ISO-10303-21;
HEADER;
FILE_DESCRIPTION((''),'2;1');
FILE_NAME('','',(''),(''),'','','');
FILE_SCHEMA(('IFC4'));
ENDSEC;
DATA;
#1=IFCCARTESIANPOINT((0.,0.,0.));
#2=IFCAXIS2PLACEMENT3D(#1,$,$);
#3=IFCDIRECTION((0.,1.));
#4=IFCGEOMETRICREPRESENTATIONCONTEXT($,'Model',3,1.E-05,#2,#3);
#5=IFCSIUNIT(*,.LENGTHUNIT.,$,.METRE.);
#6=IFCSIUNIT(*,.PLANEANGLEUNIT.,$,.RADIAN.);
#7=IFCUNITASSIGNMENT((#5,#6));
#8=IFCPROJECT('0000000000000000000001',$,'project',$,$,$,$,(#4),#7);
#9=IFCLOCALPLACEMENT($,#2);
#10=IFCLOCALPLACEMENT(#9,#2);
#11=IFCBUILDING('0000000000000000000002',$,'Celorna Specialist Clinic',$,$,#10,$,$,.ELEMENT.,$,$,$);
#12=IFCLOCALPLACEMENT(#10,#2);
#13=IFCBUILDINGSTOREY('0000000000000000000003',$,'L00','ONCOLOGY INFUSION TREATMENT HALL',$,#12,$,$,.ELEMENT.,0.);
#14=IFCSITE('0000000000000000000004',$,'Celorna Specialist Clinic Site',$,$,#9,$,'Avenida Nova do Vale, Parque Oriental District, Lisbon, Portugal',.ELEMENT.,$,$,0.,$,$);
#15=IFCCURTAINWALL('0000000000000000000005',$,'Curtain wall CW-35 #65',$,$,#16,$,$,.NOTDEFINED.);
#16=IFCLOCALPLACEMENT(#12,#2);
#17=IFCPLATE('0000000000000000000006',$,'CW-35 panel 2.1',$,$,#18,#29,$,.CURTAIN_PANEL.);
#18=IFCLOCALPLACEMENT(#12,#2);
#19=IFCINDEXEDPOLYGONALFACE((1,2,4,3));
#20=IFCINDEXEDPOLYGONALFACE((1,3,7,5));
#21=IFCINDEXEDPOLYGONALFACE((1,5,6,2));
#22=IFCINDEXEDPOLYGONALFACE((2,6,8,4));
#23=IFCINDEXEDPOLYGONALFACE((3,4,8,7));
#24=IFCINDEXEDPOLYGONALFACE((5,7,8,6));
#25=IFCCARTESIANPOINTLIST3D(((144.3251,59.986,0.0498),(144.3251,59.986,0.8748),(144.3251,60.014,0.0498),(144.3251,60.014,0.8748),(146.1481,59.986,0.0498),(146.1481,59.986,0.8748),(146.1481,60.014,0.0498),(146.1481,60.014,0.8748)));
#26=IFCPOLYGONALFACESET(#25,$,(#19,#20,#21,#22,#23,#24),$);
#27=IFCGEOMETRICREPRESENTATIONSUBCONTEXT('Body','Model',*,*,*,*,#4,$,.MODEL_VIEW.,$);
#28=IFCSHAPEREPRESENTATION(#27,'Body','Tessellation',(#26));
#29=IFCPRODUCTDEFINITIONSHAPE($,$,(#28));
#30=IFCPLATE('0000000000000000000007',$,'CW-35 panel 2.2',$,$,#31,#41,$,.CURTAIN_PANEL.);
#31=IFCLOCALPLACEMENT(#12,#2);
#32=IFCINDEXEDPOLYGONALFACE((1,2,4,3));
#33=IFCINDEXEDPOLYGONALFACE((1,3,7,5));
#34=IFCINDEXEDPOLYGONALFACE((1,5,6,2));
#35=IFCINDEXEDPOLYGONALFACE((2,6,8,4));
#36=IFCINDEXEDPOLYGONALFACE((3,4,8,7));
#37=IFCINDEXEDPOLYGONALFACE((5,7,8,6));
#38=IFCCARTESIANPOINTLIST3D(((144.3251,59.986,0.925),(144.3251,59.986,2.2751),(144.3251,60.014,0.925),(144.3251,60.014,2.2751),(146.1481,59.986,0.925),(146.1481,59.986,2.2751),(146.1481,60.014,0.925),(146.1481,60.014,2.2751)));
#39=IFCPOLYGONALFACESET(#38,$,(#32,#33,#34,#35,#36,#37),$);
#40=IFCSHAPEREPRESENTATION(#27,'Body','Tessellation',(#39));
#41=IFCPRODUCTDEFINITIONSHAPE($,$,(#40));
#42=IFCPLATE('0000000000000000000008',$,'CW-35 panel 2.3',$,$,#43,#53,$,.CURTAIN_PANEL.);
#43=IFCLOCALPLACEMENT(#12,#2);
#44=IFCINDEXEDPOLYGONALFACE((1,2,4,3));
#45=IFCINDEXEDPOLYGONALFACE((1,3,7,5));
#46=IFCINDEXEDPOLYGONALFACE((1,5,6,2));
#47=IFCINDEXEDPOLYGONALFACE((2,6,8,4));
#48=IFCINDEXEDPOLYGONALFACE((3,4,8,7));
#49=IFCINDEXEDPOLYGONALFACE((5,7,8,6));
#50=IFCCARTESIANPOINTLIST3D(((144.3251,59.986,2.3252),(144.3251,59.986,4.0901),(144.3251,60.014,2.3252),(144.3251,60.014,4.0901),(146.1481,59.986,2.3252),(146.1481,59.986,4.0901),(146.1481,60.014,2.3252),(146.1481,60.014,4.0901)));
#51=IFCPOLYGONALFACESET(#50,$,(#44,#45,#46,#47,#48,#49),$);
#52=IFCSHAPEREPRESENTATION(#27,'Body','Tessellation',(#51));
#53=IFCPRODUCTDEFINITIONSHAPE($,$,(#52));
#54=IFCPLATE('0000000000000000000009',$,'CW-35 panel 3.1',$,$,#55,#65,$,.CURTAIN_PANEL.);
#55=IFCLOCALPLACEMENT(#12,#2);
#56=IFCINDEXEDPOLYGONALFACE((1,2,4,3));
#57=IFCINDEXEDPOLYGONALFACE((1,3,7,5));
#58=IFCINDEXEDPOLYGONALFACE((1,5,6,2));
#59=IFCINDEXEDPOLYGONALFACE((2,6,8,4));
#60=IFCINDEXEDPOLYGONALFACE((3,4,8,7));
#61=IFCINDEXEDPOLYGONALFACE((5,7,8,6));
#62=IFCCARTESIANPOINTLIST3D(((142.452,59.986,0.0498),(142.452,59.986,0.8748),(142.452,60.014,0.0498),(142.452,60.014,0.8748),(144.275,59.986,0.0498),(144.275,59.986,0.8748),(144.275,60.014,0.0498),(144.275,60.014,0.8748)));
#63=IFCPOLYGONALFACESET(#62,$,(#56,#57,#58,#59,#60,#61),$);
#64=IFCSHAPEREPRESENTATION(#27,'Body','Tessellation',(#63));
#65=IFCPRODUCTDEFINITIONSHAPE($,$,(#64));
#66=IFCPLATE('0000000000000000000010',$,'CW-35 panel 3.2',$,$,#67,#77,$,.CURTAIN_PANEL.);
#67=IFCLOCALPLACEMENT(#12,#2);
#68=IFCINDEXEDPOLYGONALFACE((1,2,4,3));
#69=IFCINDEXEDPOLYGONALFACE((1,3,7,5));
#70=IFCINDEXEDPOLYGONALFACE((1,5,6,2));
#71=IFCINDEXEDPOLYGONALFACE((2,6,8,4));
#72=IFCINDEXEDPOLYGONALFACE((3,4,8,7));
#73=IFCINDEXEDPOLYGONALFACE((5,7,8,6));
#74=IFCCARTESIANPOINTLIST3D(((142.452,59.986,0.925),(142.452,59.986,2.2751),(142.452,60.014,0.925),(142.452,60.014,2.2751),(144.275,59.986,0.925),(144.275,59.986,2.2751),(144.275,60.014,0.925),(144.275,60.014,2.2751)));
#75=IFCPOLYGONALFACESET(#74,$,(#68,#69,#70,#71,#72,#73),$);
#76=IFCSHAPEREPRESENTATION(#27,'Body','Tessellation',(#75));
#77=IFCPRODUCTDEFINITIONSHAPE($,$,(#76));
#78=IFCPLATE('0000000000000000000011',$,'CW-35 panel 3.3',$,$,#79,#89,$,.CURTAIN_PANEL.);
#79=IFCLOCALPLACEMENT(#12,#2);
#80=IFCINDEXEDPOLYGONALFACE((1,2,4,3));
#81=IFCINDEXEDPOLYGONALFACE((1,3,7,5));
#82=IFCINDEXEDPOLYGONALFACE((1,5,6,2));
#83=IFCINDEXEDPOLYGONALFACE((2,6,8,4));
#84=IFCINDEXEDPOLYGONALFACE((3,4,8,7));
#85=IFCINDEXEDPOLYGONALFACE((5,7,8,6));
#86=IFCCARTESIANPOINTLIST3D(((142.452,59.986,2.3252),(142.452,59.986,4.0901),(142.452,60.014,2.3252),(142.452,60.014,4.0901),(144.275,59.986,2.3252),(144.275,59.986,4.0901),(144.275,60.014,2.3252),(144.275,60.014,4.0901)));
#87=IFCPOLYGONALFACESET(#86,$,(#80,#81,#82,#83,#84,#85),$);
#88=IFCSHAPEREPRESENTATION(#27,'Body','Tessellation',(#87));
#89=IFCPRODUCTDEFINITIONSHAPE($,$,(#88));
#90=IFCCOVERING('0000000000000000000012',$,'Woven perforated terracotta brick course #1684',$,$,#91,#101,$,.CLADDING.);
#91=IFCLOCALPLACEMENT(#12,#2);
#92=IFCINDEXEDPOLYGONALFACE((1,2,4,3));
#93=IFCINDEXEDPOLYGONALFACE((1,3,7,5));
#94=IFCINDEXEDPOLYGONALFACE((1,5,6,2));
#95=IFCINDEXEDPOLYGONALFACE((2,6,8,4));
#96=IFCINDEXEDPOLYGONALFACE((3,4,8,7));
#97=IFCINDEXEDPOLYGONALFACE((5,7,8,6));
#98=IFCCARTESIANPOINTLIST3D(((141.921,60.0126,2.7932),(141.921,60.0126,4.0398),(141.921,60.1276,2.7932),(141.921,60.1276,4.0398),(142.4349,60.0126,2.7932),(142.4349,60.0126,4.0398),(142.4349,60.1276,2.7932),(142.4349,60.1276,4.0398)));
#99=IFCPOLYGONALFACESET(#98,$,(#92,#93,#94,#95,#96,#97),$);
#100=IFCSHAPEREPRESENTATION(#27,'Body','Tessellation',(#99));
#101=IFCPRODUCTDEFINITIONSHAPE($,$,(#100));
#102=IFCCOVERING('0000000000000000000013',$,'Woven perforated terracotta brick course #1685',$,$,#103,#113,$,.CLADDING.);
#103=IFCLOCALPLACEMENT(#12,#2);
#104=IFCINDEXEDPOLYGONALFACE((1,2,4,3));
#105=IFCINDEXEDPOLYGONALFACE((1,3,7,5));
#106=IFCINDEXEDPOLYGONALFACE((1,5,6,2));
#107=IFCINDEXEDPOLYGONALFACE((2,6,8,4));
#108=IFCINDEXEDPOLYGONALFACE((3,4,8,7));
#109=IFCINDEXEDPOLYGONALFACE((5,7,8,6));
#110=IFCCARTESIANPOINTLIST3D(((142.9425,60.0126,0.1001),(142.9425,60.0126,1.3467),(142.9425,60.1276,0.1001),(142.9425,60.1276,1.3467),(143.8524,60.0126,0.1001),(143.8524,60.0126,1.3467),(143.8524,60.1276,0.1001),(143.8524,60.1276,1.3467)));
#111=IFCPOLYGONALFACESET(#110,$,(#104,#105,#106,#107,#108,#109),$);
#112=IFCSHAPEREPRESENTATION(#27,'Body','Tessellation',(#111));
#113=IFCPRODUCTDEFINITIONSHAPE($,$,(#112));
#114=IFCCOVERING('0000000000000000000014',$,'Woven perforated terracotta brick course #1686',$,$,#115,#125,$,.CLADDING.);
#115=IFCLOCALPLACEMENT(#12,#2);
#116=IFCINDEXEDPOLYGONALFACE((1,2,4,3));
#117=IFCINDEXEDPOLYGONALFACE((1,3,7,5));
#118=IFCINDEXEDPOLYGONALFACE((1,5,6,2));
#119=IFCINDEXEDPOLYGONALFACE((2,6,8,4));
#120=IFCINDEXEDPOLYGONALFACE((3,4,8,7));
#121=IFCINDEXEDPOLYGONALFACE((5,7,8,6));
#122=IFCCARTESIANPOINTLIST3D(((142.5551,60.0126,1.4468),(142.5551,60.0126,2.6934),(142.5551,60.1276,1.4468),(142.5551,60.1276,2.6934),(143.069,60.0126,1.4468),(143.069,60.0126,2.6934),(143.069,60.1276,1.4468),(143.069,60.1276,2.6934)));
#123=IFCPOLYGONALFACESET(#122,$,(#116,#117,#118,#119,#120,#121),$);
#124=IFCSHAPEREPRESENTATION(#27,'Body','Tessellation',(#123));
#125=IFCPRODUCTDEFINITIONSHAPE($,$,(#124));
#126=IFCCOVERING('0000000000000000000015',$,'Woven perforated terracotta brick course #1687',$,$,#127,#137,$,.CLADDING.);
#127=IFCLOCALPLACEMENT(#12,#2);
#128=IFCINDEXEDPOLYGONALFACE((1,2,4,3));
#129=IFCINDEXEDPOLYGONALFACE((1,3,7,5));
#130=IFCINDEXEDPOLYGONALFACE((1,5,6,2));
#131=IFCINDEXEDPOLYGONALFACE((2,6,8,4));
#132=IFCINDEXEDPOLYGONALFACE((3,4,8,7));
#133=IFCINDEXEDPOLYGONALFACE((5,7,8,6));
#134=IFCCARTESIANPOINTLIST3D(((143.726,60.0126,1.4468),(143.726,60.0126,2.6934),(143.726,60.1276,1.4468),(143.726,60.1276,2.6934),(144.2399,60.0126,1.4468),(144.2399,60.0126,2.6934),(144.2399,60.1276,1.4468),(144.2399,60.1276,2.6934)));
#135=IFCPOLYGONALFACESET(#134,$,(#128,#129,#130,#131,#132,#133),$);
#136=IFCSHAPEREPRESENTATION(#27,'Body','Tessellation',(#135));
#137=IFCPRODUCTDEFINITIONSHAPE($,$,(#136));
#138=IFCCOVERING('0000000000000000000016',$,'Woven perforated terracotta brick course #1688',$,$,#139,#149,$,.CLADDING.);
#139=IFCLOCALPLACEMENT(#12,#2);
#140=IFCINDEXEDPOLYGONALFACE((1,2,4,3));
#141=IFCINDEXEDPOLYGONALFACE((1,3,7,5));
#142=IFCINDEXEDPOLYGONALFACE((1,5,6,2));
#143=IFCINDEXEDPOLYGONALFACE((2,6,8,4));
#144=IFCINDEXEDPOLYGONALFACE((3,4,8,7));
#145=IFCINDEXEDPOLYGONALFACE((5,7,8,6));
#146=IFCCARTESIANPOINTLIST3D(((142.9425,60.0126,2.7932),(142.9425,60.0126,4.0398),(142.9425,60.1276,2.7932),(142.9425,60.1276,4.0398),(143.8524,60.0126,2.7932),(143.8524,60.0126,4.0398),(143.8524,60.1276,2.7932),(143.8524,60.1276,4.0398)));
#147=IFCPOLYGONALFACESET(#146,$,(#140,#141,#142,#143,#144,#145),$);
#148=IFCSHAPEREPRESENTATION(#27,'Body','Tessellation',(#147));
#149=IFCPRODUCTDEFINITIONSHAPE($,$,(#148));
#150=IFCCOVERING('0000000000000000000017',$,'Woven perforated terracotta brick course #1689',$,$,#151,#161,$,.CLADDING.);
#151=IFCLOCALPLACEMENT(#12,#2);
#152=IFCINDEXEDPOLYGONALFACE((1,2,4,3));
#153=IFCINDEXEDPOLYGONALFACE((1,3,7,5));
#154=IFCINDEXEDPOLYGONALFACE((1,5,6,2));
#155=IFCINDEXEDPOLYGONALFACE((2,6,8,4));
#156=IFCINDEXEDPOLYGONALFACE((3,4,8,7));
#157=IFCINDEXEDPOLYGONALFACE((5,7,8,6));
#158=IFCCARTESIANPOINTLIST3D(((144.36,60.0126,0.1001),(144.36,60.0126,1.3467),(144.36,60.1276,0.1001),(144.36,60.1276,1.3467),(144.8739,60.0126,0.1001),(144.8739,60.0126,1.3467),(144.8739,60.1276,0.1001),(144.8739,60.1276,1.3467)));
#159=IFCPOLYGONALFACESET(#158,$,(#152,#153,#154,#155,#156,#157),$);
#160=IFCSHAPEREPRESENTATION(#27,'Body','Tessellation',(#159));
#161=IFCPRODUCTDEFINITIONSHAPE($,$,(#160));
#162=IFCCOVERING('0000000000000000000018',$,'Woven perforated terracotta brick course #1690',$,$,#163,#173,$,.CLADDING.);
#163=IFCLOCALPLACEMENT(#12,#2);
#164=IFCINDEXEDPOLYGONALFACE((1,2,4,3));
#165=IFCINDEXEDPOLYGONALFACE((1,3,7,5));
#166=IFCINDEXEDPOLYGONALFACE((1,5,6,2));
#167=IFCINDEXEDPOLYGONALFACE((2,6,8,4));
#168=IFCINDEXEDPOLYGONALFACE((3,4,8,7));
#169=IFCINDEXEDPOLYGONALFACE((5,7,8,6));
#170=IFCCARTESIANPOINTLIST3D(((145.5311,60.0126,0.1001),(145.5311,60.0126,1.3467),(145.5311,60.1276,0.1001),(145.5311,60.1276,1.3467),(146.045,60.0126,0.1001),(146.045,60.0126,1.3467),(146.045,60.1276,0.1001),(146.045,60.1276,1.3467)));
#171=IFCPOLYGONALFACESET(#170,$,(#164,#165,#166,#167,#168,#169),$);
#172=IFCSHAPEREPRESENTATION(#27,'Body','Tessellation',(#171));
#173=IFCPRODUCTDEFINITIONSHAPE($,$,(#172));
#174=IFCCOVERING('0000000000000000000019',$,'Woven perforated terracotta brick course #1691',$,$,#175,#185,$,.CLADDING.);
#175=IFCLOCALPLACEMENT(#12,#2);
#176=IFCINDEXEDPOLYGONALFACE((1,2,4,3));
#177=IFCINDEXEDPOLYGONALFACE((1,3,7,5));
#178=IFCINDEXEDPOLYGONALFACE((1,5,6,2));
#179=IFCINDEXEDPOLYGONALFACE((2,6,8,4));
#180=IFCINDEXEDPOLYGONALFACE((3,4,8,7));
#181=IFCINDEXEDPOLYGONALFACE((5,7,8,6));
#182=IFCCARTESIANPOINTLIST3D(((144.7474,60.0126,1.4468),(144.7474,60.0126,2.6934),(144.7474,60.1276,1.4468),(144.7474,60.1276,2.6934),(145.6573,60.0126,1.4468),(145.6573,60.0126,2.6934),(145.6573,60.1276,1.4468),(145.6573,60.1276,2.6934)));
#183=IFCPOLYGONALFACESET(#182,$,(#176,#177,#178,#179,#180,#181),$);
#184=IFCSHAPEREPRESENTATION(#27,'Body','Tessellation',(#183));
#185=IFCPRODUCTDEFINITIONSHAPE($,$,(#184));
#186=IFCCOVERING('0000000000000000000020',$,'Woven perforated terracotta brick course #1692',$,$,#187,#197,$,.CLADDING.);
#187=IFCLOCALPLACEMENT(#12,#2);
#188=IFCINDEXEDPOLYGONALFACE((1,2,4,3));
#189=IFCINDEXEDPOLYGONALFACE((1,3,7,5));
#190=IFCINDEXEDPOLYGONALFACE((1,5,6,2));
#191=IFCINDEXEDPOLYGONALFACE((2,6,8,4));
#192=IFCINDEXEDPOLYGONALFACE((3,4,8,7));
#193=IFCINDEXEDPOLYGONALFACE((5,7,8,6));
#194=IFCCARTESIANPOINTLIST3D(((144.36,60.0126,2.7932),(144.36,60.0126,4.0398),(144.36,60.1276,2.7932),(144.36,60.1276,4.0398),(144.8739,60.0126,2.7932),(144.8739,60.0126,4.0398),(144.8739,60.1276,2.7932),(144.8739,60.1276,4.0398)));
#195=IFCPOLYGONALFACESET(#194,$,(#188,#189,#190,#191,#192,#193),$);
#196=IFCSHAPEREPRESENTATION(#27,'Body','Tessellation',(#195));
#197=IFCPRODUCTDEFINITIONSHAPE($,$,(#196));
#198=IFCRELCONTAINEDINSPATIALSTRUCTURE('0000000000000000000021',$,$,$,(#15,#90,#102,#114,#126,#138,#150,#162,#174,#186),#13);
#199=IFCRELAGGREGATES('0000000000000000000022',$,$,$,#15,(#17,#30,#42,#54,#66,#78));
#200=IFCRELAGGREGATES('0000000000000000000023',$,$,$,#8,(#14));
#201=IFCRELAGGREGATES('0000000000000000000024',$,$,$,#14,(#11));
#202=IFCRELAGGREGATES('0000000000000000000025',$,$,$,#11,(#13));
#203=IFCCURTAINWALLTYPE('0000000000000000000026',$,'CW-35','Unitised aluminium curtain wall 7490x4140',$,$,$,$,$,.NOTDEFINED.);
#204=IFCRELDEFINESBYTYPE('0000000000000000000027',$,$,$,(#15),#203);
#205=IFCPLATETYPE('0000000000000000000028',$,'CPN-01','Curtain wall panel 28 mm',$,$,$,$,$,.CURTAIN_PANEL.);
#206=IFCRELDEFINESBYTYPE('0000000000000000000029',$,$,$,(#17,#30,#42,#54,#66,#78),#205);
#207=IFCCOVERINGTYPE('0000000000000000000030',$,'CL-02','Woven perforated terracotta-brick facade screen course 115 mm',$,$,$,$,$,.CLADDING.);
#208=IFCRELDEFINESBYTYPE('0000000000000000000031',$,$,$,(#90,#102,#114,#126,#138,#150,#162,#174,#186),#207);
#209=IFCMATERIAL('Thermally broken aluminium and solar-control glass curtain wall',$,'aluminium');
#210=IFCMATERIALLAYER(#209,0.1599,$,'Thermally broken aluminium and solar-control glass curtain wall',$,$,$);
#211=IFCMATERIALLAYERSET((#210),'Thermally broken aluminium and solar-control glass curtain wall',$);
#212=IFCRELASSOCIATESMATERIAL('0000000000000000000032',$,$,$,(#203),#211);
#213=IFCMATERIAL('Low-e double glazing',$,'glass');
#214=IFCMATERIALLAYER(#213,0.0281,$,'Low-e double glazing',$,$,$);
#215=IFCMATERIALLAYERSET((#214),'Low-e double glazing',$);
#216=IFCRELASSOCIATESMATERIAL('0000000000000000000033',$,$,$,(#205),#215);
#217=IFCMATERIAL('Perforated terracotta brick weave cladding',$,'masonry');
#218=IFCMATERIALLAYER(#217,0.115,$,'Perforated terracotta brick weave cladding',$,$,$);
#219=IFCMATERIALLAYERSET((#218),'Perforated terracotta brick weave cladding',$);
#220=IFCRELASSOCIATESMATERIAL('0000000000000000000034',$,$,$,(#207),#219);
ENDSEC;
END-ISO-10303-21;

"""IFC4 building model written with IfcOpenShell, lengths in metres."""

from ifc_helpers import new_model, si_unit, direction, frame, origin, origin_2d, place, context, subcontext, project, spatial, rectangle, extrude, material, layer, layer_set, type_object, element, aggregate, save


model = new_model("IFC4")

# Units and contexts
model_context = context("Model", 3, precision=1e-05, world=origin(), true_north=direction((0.0, 1.0)))
body_context = subcontext(model_context, "Body", "Model", "MODEL_VIEW")
ifc_project = project(units=[si_unit("LENGTHUNIT", "METRE"), si_unit("PLANEANGLEUNIT", "RADIAN")], contexts=[model_context])

# Site, building, storey
site_placement = place(None, origin())
site = spatial("IfcSite", under=ifc_project, at=site_placement, Name="Celorna Specialist Clinic Site", LongName="Avenida Nova do Vale, Parque Oriental District, Lisbon, Portugal", CompositionType="ELEMENT", RefElevation=0.0)
building_placement = place(site_placement, origin())
building = spatial("IfcBuilding", under=site, at=building_placement, Name="Celorna Specialist Clinic", CompositionType="ELEMENT")
storey_placement = place(building_placement, origin())
storey = spatial("IfcBuildingStorey", under=building, at=storey_placement, Name="L00", Description="ONCOLOGY INFUSION TREATMENT HALL", CompositionType="ELEMENT", Elevation=0.0)

# Curtain wall, plates
ifc_material_1 = material(Name="Thermally broken aluminium and solar-control glass curtain wall", Category="aluminium")
ifc_layer_1 = layer(ifc_material_1, 0.1599, Name="Thermally broken aluminium and solar-control glass curtain wall")
ifc_layer_set_1 = layer_set([ifc_layer_1], Name="Thermally broken aluminium and solar-control glass curtain wall")
curtain_wall_type = type_object("IfcCurtainWallType", Name="CW-35", Description="Unitised aluminium curtain wall 7490x4140", PredefinedType="NOTDEFINED", material=ifc_layer_set_1)
curtain_wall_placement = place(storey_placement, origin())
curtain_wall = element("IfcCurtainWall", 1, at=curtain_wall_placement, inside=storey, type_object=curtain_wall_type, Name="Curtain wall CW-35 #65", PredefinedType="NOTDEFINED")
ifc_material_2 = material(Name="Low-e double glazing", Category="glass")
ifc_layer_2 = layer(ifc_material_2, 0.0281, Name="Low-e double glazing")
ifc_layer_set_2 = layer_set([ifc_layer_2], Name="Low-e double glazing")
plate_type = type_object("IfcPlateType", Name="CPN-01", Description="Curtain wall panel 28 mm", PredefinedType="CURTAIN_PANEL", material=ifc_layer_set_2)
plate_1_placement = place(storey_placement, frame((145.2366, 60.0, 0.0498), z_axis=(0.0, 0.0, 1.0), x_axis=(-1.0, 0.0, 0.0)))
plate_1 = element("IfcPlate", 2, at=plate_1_placement, type_object=plate_type, Name="CW-35 panel 2.1", PredefinedType="CURTAIN_PANEL", context=body_context, shape_type="SweptSolid", body=[
    extrude(rectangle(XDim=1.823, YDim=0.0281, at=origin_2d()), origin(), (0.0, 0.0, 1.0), 0.825),
])
plate_2_placement = place(storey_placement, frame((145.2366, 60.0, 0.925), z_axis=(0.0, 0.0, 1.0), x_axis=(-1.0, 0.0, 0.0)))
plate_2 = element("IfcPlate", 3, at=plate_2_placement, type_object=plate_type, Name="CW-35 panel 2.2", PredefinedType="CURTAIN_PANEL", context=body_context, shape_type="SweptSolid", body=[
    extrude(rectangle(XDim=1.823, YDim=0.0281, at=origin_2d()), origin(), (0.0, 0.0, 1.0), 1.3501),
])
plate_3_placement = place(storey_placement, frame((145.2366, 60.0, 2.3252), z_axis=(0.0, 0.0, 1.0), x_axis=(-1.0, 0.0, 0.0)))
plate_3 = element("IfcPlate", 4, at=plate_3_placement, type_object=plate_type, Name="CW-35 panel 2.3", PredefinedType="CURTAIN_PANEL", context=body_context, shape_type="SweptSolid", body=[
    extrude(rectangle(XDim=1.823, YDim=0.0281, at=origin_2d()), origin(), (0.0, 0.0, 1.0), 1.7649),
])
plate_4_placement = place(storey_placement, frame((143.3635, 60.0, 0.0498), z_axis=(0.0, 0.0, 1.0), x_axis=(-1.0, 0.0, 0.0)))
plate_4 = element("IfcPlate", 5, at=plate_4_placement, type_object=plate_type, Name="CW-35 panel 3.1", PredefinedType="CURTAIN_PANEL", context=body_context, shape_type="SweptSolid", body=[
    extrude(rectangle(XDim=1.823, YDim=0.0281, at=origin_2d()), origin(), (0.0, 0.0, 1.0), 0.825),
])
plate_5_placement = place(storey_placement, frame((143.3635, 60.0, 0.925), z_axis=(0.0, 0.0, 1.0), x_axis=(-1.0, 0.0, 0.0)))
plate_5 = element("IfcPlate", 6, at=plate_5_placement, type_object=plate_type, Name="CW-35 panel 3.2", PredefinedType="CURTAIN_PANEL", context=body_context, shape_type="SweptSolid", body=[
    extrude(rectangle(XDim=1.823, YDim=0.0281, at=origin_2d()), origin(), (0.0, 0.0, 1.0), 1.3501),
])
plate_6_placement = place(storey_placement, frame((143.3635, 60.0, 2.3252), z_axis=(0.0, 0.0, 1.0), x_axis=(-1.0, 0.0, 0.0)))
plate_6 = element("IfcPlate", 7, at=plate_6_placement, type_object=plate_type, Name="CW-35 panel 3.3", PredefinedType="CURTAIN_PANEL", context=body_context, shape_type="SweptSolid", body=[
    extrude(rectangle(XDim=1.823, YDim=0.0281, at=origin_2d()), origin(), (0.0, 0.0, 1.0), 1.7649),
])
aggregate(curtain_wall, [plate_1, plate_2, plate_3, plate_4, plate_5, plate_6])

# Coverings
ifc_material_3 = material(Name="Perforated terracotta brick weave cladding", Category="masonry")
ifc_layer_3 = layer(ifc_material_3, 0.115, Name="Perforated terracotta brick weave cladding")
ifc_layer_set_3 = layer_set([ifc_layer_3], Name="Perforated terracotta brick weave cladding")
covering_type = type_object("IfcCoveringType", Name="CL-02", Description="Woven perforated terracotta-brick facade screen course 115 mm", PredefinedType="CLADDING", material=ifc_layer_set_3)
covering_1_placement = place(storey_placement, frame((142.178, 60.0701, 2.7932), z_axis=(0.0, 0.0, 1.0), x_axis=(1.0, 0.0, 0.0)))
element("IfcCovering", 8, at=covering_1_placement, inside=storey, type_object=covering_type, Name="Woven perforated terracotta brick course #1684", PredefinedType="CLADDING", context=body_context, shape_type="SweptSolid", body=[
    extrude(rectangle(XDim=0.5139, YDim=0.115, at=origin_2d()), origin(), (0.0, 0.0, 1.0), 1.2466),
])
covering_2_placement = place(storey_placement, frame((143.3975, 60.0701, 0.1001), z_axis=(0.0, 0.0, 1.0), x_axis=(1.0, 0.0, 0.0)))
element("IfcCovering", 9, at=covering_2_placement, inside=storey, type_object=covering_type, Name="Woven perforated terracotta brick course #1685", PredefinedType="CLADDING", context=body_context, shape_type="SweptSolid", body=[
    extrude(rectangle(XDim=0.9099, YDim=0.115, at=origin_2d()), origin(), (0.0, 0.0, 1.0), 1.2466),
])
for number, where, z_axis, x_axis, name in (
    (10, (142.812, 60.0701, 1.4468), (0.0, 0.0, 1.0), (1.0, 0.0, 0.0), "Woven perforated terracotta brick course #1686"),
    (11, (143.9829, 60.0701, 1.4468), (0.0, 0.0, 1.0), (1.0, 0.0, 0.0), "Woven perforated terracotta brick course #1687"),
):
    element("IfcCovering", number, at=place(storey_placement, frame(where, z_axis=z_axis, x_axis=x_axis)), inside=storey, type_object=covering_type, Name=name, PredefinedType="CLADDING", context=body_context, shape_type="SweptSolid", body=[
        extrude(rectangle(XDim=0.5139, YDim=0.115, at=origin_2d()), origin(), (0.0, 0.0, 1.0), 1.2466),
    ])
covering_3_placement = place(storey_placement, frame((143.3975, 60.0701, 2.7932), z_axis=(0.0, 0.0, 1.0), x_axis=(1.0, 0.0, 0.0)))
element("IfcCovering", 12, at=covering_3_placement, inside=storey, type_object=covering_type, Name="Woven perforated terracotta brick course #1688", PredefinedType="CLADDING", context=body_context, shape_type="SweptSolid", body=[
    extrude(rectangle(XDim=0.9099, YDim=0.115, at=origin_2d()), origin(), (0.0, 0.0, 1.0), 1.2466),
])
for number, where, z_axis, x_axis, name in (
    (13, (144.6169, 60.0701, 0.1001), (0.0, 0.0, 1.0), (1.0, 0.0, 0.0), "Woven perforated terracotta brick course #1689"),
    (14, (145.7881, 60.0701, 0.1001), (0.0, 0.0, 1.0), (1.0, 0.0, 0.0), "Woven perforated terracotta brick course #1690"),
):
    element("IfcCovering", number, at=place(storey_placement, frame(where, z_axis=z_axis, x_axis=x_axis)), inside=storey, type_object=covering_type, Name=name, PredefinedType="CLADDING", context=body_context, shape_type="SweptSolid", body=[
        extrude(rectangle(XDim=0.5139, YDim=0.115, at=origin_2d()), origin(), (0.0, 0.0, 1.0), 1.2466),
    ])
covering_4_placement = place(storey_placement, frame((145.2024, 60.0701, 1.4468), z_axis=(0.0, 0.0, 1.0), x_axis=(1.0, 0.0, 0.0)))
element("IfcCovering", 15, at=covering_4_placement, inside=storey, type_object=covering_type, Name="Woven perforated terracotta brick course #1691", PredefinedType="CLADDING", context=body_context, shape_type="SweptSolid", body=[
    extrude(rectangle(XDim=0.9099, YDim=0.115, at=origin_2d()), origin(), (0.0, 0.0, 1.0), 1.2466),
])
for number, where, z_axis, x_axis, name in (
    (16, (144.6169, 60.0701, 2.7932), (0.0, 0.0, 1.0), (1.0, 0.0, 0.0), "Woven perforated terracotta brick course #1692"),
):
    element("IfcCovering", number, at=place(storey_placement, frame(where, z_axis=z_axis, x_axis=x_axis)), inside=storey, type_object=covering_type, Name=name, PredefinedType="CLADDING", context=body_context, shape_type="SweptSolid", body=[
        extrude(rectangle(XDim=0.5139, YDim=0.115, at=origin_2d()), origin(), (0.0, 0.0, 1.0), 1.2466),
    ])

save(model, "model.ifc")
